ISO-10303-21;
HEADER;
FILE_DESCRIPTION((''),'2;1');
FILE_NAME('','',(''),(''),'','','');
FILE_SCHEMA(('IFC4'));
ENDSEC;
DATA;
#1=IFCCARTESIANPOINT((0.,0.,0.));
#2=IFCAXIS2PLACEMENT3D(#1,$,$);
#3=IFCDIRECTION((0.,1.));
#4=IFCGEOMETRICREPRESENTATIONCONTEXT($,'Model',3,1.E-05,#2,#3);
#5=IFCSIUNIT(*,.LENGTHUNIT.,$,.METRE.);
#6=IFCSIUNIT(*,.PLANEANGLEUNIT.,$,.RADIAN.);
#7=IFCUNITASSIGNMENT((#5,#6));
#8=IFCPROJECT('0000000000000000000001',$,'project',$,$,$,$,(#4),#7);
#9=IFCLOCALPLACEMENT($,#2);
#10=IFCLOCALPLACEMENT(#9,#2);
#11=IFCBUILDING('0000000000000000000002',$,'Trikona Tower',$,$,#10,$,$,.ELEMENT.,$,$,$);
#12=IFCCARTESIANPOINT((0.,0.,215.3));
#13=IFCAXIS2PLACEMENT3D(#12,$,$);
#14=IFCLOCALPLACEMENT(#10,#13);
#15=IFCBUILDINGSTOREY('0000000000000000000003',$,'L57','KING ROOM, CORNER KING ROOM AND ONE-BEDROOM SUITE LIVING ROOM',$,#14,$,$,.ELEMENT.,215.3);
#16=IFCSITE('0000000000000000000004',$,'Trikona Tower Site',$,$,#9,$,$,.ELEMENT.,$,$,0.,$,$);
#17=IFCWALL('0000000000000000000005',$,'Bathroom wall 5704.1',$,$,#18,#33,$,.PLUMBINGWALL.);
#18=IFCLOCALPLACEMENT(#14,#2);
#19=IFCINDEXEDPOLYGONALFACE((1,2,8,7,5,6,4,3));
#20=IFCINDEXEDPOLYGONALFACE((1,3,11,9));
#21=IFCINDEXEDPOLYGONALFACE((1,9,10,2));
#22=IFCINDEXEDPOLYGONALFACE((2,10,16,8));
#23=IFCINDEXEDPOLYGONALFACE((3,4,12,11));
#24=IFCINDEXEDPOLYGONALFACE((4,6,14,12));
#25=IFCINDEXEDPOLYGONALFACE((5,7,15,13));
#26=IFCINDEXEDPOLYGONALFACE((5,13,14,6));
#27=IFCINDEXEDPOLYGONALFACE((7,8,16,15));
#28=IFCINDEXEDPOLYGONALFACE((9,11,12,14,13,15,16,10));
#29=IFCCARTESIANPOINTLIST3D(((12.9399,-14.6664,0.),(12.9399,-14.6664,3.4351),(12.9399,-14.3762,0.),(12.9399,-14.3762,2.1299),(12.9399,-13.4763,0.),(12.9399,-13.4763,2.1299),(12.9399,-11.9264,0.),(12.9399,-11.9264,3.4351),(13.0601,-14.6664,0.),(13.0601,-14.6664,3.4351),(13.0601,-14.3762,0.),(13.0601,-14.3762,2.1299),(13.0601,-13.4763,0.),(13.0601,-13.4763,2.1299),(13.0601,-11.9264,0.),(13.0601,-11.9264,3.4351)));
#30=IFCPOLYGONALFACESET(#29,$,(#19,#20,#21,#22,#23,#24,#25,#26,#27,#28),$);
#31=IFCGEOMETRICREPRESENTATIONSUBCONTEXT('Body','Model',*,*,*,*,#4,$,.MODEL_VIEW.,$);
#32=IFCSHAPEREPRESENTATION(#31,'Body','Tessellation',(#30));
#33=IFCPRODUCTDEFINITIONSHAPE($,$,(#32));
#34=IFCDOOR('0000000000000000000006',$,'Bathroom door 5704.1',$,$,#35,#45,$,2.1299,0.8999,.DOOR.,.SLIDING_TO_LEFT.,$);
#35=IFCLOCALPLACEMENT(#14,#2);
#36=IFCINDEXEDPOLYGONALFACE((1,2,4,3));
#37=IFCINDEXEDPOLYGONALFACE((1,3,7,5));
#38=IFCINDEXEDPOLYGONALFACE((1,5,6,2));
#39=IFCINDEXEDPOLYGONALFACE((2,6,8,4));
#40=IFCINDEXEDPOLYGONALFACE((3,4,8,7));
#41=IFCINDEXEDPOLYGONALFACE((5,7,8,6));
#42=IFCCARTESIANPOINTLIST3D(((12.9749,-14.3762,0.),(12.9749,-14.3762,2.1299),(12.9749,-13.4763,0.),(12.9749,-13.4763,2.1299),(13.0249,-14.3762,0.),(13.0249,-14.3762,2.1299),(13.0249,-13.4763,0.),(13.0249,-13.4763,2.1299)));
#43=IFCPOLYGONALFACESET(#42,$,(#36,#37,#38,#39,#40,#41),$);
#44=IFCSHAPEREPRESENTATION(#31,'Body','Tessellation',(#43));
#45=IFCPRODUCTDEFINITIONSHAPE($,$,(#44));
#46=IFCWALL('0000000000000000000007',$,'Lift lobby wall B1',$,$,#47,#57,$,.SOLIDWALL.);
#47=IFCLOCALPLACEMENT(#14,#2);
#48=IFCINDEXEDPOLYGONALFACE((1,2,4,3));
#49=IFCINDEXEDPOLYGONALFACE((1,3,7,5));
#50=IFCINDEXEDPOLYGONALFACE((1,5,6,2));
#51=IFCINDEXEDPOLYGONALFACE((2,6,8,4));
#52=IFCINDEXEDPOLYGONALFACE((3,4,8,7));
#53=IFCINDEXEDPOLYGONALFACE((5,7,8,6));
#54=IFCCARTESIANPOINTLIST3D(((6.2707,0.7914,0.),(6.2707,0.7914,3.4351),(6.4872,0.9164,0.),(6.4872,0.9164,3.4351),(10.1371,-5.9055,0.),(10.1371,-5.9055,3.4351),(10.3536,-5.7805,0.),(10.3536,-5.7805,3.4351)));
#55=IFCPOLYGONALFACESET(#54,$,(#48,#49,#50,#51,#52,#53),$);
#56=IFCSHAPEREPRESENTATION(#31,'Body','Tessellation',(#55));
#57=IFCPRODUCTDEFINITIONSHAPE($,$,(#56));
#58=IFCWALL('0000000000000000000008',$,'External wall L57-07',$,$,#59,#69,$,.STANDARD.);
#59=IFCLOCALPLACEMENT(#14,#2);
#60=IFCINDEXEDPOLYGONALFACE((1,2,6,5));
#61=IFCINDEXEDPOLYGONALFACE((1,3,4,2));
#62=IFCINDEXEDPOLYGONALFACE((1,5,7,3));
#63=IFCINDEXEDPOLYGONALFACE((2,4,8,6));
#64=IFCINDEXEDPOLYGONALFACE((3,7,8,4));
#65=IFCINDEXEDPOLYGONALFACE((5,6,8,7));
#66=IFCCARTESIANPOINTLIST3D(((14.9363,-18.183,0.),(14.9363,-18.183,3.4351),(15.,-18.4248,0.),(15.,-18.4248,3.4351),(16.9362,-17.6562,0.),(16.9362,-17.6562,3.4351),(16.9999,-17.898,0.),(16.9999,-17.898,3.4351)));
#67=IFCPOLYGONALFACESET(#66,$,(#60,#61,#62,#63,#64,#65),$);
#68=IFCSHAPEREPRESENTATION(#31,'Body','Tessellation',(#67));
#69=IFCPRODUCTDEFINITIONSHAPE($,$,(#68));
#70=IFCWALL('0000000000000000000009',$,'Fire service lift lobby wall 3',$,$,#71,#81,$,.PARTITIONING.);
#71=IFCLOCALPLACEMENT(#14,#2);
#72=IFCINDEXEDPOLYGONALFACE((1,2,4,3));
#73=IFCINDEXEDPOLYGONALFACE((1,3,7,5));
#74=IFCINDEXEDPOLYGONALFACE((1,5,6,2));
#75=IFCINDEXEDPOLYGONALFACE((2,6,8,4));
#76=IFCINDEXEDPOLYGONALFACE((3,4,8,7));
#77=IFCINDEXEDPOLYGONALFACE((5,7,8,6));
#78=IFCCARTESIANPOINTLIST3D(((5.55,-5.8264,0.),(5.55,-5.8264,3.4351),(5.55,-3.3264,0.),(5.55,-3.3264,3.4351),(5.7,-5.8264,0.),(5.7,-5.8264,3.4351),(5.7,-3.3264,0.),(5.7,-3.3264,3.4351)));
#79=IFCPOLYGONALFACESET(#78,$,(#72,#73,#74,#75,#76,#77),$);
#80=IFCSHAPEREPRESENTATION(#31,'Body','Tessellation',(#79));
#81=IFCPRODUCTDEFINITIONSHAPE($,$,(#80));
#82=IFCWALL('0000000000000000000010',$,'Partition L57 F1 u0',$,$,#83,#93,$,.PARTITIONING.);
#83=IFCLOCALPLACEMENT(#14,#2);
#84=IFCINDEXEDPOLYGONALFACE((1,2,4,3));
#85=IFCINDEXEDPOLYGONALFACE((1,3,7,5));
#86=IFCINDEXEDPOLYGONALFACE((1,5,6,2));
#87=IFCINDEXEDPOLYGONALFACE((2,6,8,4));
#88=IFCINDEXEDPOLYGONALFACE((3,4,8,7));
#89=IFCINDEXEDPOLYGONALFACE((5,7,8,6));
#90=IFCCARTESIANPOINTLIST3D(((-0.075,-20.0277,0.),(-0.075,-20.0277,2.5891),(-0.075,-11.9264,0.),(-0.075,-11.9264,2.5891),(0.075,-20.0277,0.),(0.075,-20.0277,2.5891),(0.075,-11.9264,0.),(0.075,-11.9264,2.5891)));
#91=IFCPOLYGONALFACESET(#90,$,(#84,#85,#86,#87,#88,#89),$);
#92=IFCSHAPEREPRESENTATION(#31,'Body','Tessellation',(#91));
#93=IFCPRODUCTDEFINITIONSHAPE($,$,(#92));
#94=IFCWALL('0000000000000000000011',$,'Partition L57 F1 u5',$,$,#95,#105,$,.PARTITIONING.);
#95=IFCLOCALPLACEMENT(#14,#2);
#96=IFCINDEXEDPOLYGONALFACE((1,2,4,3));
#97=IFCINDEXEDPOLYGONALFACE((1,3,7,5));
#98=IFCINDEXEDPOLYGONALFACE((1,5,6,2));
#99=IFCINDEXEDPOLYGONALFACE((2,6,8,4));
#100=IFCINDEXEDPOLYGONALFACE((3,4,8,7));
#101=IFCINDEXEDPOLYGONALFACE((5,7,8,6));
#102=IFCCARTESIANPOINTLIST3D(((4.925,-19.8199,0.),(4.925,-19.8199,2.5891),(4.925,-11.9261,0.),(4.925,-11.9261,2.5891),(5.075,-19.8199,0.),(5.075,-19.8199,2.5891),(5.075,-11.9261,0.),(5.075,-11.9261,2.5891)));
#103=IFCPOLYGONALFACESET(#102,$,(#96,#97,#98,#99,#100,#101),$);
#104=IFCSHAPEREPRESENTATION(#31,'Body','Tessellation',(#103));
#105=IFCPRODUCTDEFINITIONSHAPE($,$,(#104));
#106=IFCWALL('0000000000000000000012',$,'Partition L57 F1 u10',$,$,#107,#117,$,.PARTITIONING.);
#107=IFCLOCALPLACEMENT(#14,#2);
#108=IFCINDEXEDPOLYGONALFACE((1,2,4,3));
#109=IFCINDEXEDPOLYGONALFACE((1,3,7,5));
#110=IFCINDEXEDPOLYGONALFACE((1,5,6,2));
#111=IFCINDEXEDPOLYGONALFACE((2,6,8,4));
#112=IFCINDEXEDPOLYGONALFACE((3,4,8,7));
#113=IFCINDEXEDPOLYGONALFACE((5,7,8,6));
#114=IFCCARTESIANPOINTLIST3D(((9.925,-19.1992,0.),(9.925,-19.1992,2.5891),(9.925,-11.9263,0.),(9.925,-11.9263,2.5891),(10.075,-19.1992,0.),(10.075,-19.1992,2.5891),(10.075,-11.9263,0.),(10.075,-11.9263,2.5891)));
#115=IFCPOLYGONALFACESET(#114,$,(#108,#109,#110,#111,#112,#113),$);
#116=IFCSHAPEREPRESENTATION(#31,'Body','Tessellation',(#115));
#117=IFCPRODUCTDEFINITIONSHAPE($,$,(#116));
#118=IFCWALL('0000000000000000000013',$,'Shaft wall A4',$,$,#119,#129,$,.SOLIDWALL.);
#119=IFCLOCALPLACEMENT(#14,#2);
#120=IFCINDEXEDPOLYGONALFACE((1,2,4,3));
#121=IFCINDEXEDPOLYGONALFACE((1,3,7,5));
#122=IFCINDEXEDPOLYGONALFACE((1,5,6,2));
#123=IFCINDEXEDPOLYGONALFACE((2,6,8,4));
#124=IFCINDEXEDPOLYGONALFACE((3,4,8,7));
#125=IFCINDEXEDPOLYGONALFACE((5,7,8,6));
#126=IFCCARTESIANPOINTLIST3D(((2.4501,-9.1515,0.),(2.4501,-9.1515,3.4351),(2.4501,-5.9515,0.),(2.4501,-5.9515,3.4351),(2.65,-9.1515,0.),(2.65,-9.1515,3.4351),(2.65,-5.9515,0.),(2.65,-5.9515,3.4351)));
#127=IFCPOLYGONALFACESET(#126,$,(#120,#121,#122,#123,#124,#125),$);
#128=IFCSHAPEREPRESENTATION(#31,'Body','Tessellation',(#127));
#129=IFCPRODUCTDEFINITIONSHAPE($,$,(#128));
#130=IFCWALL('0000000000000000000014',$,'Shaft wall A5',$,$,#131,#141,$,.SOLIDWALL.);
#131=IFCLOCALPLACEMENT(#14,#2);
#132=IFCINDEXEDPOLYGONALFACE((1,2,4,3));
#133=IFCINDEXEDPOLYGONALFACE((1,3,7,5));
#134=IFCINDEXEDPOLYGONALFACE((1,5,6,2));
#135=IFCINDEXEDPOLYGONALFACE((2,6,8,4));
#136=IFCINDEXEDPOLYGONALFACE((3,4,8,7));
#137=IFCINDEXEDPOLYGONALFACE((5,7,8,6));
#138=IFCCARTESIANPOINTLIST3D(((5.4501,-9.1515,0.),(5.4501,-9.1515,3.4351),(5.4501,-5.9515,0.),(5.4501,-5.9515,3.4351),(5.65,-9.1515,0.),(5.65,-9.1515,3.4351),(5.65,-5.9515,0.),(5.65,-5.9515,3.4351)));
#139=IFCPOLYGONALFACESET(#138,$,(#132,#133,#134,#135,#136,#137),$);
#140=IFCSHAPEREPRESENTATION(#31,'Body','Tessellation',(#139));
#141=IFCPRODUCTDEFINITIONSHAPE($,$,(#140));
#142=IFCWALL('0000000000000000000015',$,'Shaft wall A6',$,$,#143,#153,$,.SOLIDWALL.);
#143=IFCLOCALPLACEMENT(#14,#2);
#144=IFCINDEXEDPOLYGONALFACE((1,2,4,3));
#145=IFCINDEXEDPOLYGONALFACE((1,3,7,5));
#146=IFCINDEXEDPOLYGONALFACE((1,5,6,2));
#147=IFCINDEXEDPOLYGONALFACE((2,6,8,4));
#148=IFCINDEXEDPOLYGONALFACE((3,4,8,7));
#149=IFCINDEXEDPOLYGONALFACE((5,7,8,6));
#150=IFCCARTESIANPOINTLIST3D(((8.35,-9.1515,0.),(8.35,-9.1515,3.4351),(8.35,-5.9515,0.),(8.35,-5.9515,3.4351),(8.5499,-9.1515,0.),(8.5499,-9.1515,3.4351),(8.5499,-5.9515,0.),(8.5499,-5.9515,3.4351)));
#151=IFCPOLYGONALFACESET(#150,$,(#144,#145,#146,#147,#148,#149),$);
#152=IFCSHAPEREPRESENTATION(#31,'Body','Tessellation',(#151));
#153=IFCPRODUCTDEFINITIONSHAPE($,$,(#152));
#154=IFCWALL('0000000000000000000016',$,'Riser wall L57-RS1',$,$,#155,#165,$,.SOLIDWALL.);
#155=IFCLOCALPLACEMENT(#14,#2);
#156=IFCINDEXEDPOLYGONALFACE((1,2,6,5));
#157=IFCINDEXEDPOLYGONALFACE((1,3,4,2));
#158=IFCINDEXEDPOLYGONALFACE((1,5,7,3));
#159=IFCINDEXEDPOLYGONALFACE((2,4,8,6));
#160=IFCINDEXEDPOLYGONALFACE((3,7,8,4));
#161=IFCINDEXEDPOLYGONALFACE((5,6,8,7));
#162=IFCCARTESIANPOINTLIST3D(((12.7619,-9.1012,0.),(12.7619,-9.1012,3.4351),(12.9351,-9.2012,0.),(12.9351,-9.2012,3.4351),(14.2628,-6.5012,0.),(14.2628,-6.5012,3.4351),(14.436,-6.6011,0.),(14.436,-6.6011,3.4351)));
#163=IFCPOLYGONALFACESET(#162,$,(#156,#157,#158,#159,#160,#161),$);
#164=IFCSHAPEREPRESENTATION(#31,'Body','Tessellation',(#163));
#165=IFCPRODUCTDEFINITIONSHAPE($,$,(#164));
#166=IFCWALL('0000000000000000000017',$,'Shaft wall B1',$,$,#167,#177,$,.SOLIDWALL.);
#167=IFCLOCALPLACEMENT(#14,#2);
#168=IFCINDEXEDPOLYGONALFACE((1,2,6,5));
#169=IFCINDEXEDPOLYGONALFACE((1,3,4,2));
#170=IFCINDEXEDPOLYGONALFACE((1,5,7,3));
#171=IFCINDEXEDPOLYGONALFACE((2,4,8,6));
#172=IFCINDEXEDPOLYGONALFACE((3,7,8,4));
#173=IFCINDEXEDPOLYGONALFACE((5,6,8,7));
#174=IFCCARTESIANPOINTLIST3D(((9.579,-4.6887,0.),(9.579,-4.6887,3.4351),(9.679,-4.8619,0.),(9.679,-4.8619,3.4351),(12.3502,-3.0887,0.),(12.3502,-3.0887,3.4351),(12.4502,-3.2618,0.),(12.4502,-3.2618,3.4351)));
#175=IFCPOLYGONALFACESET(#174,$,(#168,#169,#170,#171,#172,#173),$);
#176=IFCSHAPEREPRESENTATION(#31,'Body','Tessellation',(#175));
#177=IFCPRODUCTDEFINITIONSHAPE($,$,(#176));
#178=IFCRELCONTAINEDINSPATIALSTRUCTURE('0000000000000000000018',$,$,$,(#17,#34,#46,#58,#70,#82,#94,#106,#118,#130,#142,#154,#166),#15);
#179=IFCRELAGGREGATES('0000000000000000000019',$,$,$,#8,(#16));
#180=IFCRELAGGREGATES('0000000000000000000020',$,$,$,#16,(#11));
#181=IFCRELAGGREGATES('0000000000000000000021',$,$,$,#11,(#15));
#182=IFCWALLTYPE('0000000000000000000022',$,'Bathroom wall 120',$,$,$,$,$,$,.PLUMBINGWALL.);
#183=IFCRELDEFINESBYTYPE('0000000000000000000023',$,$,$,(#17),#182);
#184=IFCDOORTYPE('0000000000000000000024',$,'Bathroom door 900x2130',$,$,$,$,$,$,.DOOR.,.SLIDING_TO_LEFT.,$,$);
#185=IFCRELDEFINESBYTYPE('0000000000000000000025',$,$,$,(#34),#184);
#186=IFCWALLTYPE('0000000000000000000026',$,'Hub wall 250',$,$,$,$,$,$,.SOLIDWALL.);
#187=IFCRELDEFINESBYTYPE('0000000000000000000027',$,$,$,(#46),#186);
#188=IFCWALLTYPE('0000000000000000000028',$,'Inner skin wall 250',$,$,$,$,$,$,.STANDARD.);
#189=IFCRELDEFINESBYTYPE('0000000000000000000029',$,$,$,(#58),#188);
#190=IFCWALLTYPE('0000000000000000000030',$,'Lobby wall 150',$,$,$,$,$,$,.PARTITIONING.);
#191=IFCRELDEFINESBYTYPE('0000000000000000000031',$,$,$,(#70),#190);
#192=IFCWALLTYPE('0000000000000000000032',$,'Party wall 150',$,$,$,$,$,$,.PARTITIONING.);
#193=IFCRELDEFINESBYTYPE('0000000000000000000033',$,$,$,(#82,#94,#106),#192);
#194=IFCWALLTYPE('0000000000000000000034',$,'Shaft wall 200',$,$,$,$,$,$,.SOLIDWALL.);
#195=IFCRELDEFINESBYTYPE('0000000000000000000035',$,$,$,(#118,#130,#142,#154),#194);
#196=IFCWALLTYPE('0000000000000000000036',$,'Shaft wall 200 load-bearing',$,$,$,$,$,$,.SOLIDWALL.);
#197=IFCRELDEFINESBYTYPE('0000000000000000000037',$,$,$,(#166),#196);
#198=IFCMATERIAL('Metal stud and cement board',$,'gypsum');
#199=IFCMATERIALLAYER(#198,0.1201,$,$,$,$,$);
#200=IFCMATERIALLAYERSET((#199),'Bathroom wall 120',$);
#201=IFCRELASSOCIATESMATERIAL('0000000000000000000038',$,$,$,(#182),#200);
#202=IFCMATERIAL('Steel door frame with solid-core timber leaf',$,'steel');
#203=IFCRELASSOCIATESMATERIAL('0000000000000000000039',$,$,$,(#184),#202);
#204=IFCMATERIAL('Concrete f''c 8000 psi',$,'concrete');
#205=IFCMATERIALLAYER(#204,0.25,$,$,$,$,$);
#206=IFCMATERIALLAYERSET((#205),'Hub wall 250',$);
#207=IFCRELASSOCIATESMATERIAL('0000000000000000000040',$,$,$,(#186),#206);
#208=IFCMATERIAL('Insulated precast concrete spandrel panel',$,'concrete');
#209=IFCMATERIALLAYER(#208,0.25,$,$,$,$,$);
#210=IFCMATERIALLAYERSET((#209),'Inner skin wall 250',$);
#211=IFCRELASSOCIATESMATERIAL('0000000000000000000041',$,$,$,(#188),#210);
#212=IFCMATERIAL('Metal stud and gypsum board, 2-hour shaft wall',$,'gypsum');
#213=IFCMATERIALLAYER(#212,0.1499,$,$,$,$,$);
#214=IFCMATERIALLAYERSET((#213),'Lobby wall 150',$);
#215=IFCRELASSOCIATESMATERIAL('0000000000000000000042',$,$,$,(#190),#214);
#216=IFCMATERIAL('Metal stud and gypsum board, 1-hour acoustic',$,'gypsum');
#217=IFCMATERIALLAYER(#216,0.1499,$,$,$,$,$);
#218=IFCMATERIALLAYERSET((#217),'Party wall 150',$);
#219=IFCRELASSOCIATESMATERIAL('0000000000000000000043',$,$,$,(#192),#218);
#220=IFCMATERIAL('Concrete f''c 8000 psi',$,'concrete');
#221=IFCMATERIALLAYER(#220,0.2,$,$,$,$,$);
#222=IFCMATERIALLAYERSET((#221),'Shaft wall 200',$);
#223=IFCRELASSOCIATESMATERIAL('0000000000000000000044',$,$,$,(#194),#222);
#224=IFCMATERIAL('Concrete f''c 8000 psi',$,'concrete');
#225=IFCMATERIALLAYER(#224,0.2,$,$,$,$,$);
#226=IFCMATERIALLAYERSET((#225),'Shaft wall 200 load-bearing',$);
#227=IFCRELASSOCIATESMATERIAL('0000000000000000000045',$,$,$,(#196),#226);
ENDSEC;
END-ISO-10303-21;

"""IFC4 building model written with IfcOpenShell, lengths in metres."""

from ifc_helpers import new_model, si_unit, direction, frame, frame_2d, origin, place, context, subcontext, project, spatial, rectangle, extrude, material, layer, layer_set, type_object, element, fill, save


model = new_model("IFC4")

# Units and contexts
model_context = context("Model", 3, precision=1e-05, world=origin(), true_north=direction((0.0, 1.0)))
body_context = subcontext(model_context, "Body", "Model", "MODEL_VIEW")
ifc_project = project(units=[si_unit("LENGTHUNIT", "METRE"), si_unit("PLANEANGLEUNIT", "RADIAN")], contexts=[model_context])

# Site, building, storey
site_placement = place(None, origin())
site = spatial("IfcSite", under=ifc_project, at=site_placement, Name="Trikona Tower Site", CompositionType="ELEMENT", RefElevation=0.0)
building_placement = place(site_placement, origin())
building = spatial("IfcBuilding", under=site, at=building_placement, Name="Trikona Tower", CompositionType="ELEMENT")
storey_placement = place(building_placement, frame((0.0, 0.0, 215.3)))
storey = spatial("IfcBuildingStorey", under=building, at=storey_placement, Name="L57", Description="KING ROOM, CORNER KING ROOM AND ONE-BEDROOM SUITE LIVING ROOM", CompositionType="ELEMENT", Elevation=215.3)

# Shared definitions
ifc_material_1 = material(Name="Metal stud and cement board", Category="gypsum")
ifc_layer_1 = layer(ifc_material_1, 0.1201)
ifc_layer_set_1 = layer_set([ifc_layer_1], Name="Bathroom wall 120")
wall_type_1 = type_object("IfcWallType", Name="Bathroom wall 120", PredefinedType="PLUMBINGWALL", material=ifc_layer_set_1)

# Shared definitions
ifc_material_2 = material(Name="Steel door frame with solid-core timber leaf", Category="steel")
door_type_1 = type_object("IfcDoorType", Name="Bathroom door 900x2130", OperationType="SLIDING_TO_LEFT", PredefinedType="DOOR", material=ifc_material_2)

# Wall, opening, door
wall_1_placement = place(storey_placement, frame((13.0, -11.9263, 0.0), z_axis=(0.0, 0.0, 1.0), x_axis=(0.0, -1.0, 0.0)))
wall_1 = element("IfcWall", 1, at=wall_1_placement, inside=storey, type_object=wall_type_1, Name="Bathroom wall 5704.1", PredefinedType="PLUMBINGWALL", context=body_context, shape_type="SweptSolid", body=[
    extrude(rectangle(XDim=2.74, YDim=0.1201, at=frame_2d((1.3701, 0.0))), origin(), (0.0, 0.0, 1.0), 3.4351),
])
opening_1_placement = place(wall_1_placement, frame((1.55, 0.0, 0.0)))
opening_1 = element("IfcOpeningElement", 2, at=opening_1_placement, cuts=wall_1, PredefinedType="OPENING", context=body_context, shape_type="SweptSolid", body=[
    extrude(rectangle(XDim=0.8999, YDim=2.1299, at=frame_2d((0.45, 1.0649))), frame((0.0, 0.0701, 0.0), z_axis=(0.0, -1.0, 0.0), x_axis=(1.0, 0.0, 0.0)), (0.0, 0.0, 1.0), 0.1401),
])
door_1_placement = place(opening_1_placement, origin())
door_1 = element("IfcDoor", 3, at=door_1_placement, inside=storey, type_object=door_type_1, Name="Bathroom door 5704.1", OperationType="SLIDING_TO_LEFT", OverallHeight=2.1299, OverallWidth=0.8999, PredefinedType="DOOR", context=body_context, shape_type="SweptSolid", body=[
    extrude(rectangle(XDim=0.8999, YDim=2.1299, at=frame_2d((0.45, 1.0649))), frame((0.0, 0.0249, 0.0), z_axis=(0.0, -1.0, 0.0), x_axis=(1.0, 0.0, 0.0)), (0.0, 0.0, 1.0), 0.05),
])
fill(opening_1, door_1)

# Walls
ifc_material_3 = material(Name="Concrete f'c 8000 psi", Category="concrete")
ifc_layer_2 = layer(ifc_material_3, 0.25)
ifc_layer_set_2 = layer_set([ifc_layer_2], Name="Hub wall 250")
wall_type_2 = type_object("IfcWallType", Name="Hub wall 250", PredefinedType="SOLIDWALL", material=ifc_layer_set_2)
wall_2_placement = place(storey_placement, frame((10.2454, -5.843, 0.0), z_axis=(0.0, 0.0, 1.0), x_axis=(-0.499993, 0.866029, 0.0)))
element("IfcWall", 4, at=wall_2_placement, inside=storey, type_object=wall_type_2, Name="Lift lobby wall B1", PredefinedType="SOLIDWALL", context=body_context, shape_type="SweptSolid", body=[
    extrude(rectangle(XDim=7.7329, YDim=0.25, at=frame_2d((3.8665, 0.0))), origin(), (0.0, 0.0, 1.0), 3.4351),
])
ifc_material_4 = material(Name="Insulated precast concrete spandrel panel", Category="concrete")
ifc_layer_3 = layer(ifc_material_4, 0.25)
ifc_layer_set_3 = layer_set([ifc_layer_3], Name="Inner skin wall 250")
wall_type_3 = type_object("IfcWallType", Name="Inner skin wall 250", PredefinedType="STANDARD", material=ifc_layer_set_3)
wall_3_placement = place(storey_placement, frame((14.968, -18.304, 0.0), z_axis=(0.0, 0.0, 1.0), x_axis=(0.96701, 0.254737, 0.0)))
element("IfcWall", 5, at=wall_3_placement, inside=storey, type_object=wall_type_3, Name="External wall L57-07", PredefinedType="STANDARD", context=body_context, shape_type="SweptSolid", body=[
    extrude(rectangle(XDim=2.0681, YDim=0.25, at=frame_2d((1.0342, 0.0))), origin(), (0.0, 0.0, 1.0), 3.4351),
])
ifc_material_5 = material(Name="Metal stud and gypsum board, 2-hour shaft wall", Category="gypsum")
ifc_layer_4 = layer(ifc_material_5, 0.1499)
ifc_layer_set_4 = layer_set([ifc_layer_4], Name="Lobby wall 150")
wall_type_4 = type_object("IfcWallType", Name="Lobby wall 150", PredefinedType="PARTITIONING", material=ifc_layer_set_4)
wall_4_placement = place(storey_placement, frame((5.625, -5.8264, 0.0), z_axis=(0.0, 0.0, 1.0), x_axis=(0.0, 1.0, 0.0)))
element("IfcWall", 6, at=wall_4_placement, inside=storey, type_object=wall_type_4, Name="Fire service lift lobby wall 3", PredefinedType="PARTITIONING", context=body_context, shape_type="SweptSolid", body=[
    extrude(rectangle(XDim=2.5, YDim=0.1499, at=frame_2d((1.25, 0.0))), origin(), (0.0, 0.0, 1.0), 3.4351),
])
ifc_material_6 = material(Name="Metal stud and gypsum board, 1-hour acoustic", Category="gypsum")
ifc_layer_5 = layer(ifc_material_6, 0.1499)
ifc_layer_set_5 = layer_set([ifc_layer_5], Name="Party wall 150")
wall_type_5 = type_object("IfcWallType", Name="Party wall 150", PredefinedType="PARTITIONING", material=ifc_layer_set_5)
wall_5_placement = place(storey_placement, frame((0.0, -11.9263, 0.0), z_axis=(0.0, 0.0, 1.0), x_axis=(0.0, -1.0, 0.0)))
element("IfcWall", 7, at=wall_5_placement, inside=storey, type_object=wall_type_5, Name="Partition L57 F1 u0", PredefinedType="PARTITIONING", context=body_context, shape_type="SweptSolid", body=[
    extrude(rectangle(XDim=8.1013, YDim=0.1499, at=frame_2d((4.0508, 0.0))), origin(), (0.0, 0.0, 1.0), 2.5891),
])
wall_6_placement = place(storey_placement, frame((5.0, -11.9263, 0.0), z_axis=(0.0, 0.0, 1.0), x_axis=(0.0, -1.0, 0.0)))
element("IfcWall", 8, at=wall_6_placement, inside=storey, type_object=wall_type_5, Name="Partition L57 F1 u5", PredefinedType="PARTITIONING", context=body_context, shape_type="SweptSolid", body=[
    extrude(rectangle(XDim=7.8938, YDim=0.1499, at=frame_2d((3.9468, 0.0))), origin(), (0.0, 0.0, 1.0), 2.5891),
])
wall_7_placement = place(storey_placement, frame((10.0, -11.9263, 0.0), z_axis=(0.0, 0.0, 1.0), x_axis=(0.0, -1.0, 0.0)))
element("IfcWall", 9, at=wall_7_placement, inside=storey, type_object=wall_type_5, Name="Partition L57 F1 u10", PredefinedType="PARTITIONING", context=body_context, shape_type="SweptSolid", body=[
    extrude(rectangle(XDim=7.2729, YDim=0.1499, at=frame_2d((3.6365, 0.0))), origin(), (0.0, 0.0, 1.0), 2.5891),
])
ifc_material_7 = material(Name="Concrete f'c 8000 psi", Category="concrete")
ifc_layer_6 = layer(ifc_material_7, 0.2)
ifc_layer_set_6 = layer_set([ifc_layer_6], Name="Shaft wall 200")
wall_type_6 = type_object("IfcWallType", Name="Shaft wall 200", PredefinedType="SOLIDWALL", material=ifc_layer_set_6)
for number, where, z_axis, x_axis, name in (
    (10, (2.55, -5.9514, 0.0), (0.0, 0.0, 1.0), (0.0, -1.0, 0.0), "Shaft wall A4"),
    (11, (5.55, -5.9514, 0.0), (0.0, 0.0, 1.0), (0.0, -1.0, 0.0), "Shaft wall A5"),
    (12, (8.45, -5.9514, 0.0), (0.0, 0.0, 1.0), (0.0, -1.0, 0.0), "Shaft wall A6"),
):
    element("IfcWall", number, at=place(storey_placement, frame(where, z_axis=z_axis, x_axis=x_axis)), inside=storey, type_object=wall_type_6, Name=name, PredefinedType="SOLIDWALL", context=body_context, shape_type="SweptSolid", body=[
        extrude(rectangle(XDim=3.2, YDim=0.2, at=frame_2d((1.6001, 0.0))), origin(), (0.0, 0.0, 1.0), 3.4351),
    ])
wall_8_placement = place(storey_placement, frame((14.3494, -6.5513, 0.0), z_axis=(0.0, 0.0, 1.0), x_axis=(-0.499952, -0.866053, 0.0)))
element("IfcWall", 13, at=wall_8_placement, inside=storey, type_object=wall_type_6, Name="Riser wall L57-RS1", PredefinedType="SOLIDWALL", context=body_context, shape_type="SweptSolid", body=[
    extrude(rectangle(XDim=3.0022, YDim=0.2, at=frame_2d((1.501, 0.0))), origin(), (0.0, 0.0, 1.0), 3.4351),
])
ifc_material_8 = material(Name="Concrete f'c 8000 psi", Category="concrete")
ifc_layer_7 = layer(ifc_material_8, 0.2)
ifc_layer_set_7 = layer_set([ifc_layer_7], Name="Shaft wall 200 load-bearing")
wall_type_7 = type_object("IfcWallType", Name="Shaft wall 200 load-bearing", PredefinedType="SOLIDWALL", material=ifc_layer_set_7)
wall_9_placement = place(storey_placement, frame((9.6289, -4.7754, 0.0), z_axis=(0.0, 0.0, 1.0), x_axis=(0.866009, 0.500028, 0.0)))
element("IfcWall", 14, at=wall_9_placement, inside=storey, type_object=wall_type_7, Name="Shaft wall B1", PredefinedType="SOLIDWALL", context=body_context, shape_type="SweptSolid", body=[
    extrude(rectangle(XDim=3.2, YDim=0.2, at=frame_2d((1.6001, 0.0))), origin(), (0.0, 0.0, 1.0), 3.4351),
])

save(model, "model.ifc")
